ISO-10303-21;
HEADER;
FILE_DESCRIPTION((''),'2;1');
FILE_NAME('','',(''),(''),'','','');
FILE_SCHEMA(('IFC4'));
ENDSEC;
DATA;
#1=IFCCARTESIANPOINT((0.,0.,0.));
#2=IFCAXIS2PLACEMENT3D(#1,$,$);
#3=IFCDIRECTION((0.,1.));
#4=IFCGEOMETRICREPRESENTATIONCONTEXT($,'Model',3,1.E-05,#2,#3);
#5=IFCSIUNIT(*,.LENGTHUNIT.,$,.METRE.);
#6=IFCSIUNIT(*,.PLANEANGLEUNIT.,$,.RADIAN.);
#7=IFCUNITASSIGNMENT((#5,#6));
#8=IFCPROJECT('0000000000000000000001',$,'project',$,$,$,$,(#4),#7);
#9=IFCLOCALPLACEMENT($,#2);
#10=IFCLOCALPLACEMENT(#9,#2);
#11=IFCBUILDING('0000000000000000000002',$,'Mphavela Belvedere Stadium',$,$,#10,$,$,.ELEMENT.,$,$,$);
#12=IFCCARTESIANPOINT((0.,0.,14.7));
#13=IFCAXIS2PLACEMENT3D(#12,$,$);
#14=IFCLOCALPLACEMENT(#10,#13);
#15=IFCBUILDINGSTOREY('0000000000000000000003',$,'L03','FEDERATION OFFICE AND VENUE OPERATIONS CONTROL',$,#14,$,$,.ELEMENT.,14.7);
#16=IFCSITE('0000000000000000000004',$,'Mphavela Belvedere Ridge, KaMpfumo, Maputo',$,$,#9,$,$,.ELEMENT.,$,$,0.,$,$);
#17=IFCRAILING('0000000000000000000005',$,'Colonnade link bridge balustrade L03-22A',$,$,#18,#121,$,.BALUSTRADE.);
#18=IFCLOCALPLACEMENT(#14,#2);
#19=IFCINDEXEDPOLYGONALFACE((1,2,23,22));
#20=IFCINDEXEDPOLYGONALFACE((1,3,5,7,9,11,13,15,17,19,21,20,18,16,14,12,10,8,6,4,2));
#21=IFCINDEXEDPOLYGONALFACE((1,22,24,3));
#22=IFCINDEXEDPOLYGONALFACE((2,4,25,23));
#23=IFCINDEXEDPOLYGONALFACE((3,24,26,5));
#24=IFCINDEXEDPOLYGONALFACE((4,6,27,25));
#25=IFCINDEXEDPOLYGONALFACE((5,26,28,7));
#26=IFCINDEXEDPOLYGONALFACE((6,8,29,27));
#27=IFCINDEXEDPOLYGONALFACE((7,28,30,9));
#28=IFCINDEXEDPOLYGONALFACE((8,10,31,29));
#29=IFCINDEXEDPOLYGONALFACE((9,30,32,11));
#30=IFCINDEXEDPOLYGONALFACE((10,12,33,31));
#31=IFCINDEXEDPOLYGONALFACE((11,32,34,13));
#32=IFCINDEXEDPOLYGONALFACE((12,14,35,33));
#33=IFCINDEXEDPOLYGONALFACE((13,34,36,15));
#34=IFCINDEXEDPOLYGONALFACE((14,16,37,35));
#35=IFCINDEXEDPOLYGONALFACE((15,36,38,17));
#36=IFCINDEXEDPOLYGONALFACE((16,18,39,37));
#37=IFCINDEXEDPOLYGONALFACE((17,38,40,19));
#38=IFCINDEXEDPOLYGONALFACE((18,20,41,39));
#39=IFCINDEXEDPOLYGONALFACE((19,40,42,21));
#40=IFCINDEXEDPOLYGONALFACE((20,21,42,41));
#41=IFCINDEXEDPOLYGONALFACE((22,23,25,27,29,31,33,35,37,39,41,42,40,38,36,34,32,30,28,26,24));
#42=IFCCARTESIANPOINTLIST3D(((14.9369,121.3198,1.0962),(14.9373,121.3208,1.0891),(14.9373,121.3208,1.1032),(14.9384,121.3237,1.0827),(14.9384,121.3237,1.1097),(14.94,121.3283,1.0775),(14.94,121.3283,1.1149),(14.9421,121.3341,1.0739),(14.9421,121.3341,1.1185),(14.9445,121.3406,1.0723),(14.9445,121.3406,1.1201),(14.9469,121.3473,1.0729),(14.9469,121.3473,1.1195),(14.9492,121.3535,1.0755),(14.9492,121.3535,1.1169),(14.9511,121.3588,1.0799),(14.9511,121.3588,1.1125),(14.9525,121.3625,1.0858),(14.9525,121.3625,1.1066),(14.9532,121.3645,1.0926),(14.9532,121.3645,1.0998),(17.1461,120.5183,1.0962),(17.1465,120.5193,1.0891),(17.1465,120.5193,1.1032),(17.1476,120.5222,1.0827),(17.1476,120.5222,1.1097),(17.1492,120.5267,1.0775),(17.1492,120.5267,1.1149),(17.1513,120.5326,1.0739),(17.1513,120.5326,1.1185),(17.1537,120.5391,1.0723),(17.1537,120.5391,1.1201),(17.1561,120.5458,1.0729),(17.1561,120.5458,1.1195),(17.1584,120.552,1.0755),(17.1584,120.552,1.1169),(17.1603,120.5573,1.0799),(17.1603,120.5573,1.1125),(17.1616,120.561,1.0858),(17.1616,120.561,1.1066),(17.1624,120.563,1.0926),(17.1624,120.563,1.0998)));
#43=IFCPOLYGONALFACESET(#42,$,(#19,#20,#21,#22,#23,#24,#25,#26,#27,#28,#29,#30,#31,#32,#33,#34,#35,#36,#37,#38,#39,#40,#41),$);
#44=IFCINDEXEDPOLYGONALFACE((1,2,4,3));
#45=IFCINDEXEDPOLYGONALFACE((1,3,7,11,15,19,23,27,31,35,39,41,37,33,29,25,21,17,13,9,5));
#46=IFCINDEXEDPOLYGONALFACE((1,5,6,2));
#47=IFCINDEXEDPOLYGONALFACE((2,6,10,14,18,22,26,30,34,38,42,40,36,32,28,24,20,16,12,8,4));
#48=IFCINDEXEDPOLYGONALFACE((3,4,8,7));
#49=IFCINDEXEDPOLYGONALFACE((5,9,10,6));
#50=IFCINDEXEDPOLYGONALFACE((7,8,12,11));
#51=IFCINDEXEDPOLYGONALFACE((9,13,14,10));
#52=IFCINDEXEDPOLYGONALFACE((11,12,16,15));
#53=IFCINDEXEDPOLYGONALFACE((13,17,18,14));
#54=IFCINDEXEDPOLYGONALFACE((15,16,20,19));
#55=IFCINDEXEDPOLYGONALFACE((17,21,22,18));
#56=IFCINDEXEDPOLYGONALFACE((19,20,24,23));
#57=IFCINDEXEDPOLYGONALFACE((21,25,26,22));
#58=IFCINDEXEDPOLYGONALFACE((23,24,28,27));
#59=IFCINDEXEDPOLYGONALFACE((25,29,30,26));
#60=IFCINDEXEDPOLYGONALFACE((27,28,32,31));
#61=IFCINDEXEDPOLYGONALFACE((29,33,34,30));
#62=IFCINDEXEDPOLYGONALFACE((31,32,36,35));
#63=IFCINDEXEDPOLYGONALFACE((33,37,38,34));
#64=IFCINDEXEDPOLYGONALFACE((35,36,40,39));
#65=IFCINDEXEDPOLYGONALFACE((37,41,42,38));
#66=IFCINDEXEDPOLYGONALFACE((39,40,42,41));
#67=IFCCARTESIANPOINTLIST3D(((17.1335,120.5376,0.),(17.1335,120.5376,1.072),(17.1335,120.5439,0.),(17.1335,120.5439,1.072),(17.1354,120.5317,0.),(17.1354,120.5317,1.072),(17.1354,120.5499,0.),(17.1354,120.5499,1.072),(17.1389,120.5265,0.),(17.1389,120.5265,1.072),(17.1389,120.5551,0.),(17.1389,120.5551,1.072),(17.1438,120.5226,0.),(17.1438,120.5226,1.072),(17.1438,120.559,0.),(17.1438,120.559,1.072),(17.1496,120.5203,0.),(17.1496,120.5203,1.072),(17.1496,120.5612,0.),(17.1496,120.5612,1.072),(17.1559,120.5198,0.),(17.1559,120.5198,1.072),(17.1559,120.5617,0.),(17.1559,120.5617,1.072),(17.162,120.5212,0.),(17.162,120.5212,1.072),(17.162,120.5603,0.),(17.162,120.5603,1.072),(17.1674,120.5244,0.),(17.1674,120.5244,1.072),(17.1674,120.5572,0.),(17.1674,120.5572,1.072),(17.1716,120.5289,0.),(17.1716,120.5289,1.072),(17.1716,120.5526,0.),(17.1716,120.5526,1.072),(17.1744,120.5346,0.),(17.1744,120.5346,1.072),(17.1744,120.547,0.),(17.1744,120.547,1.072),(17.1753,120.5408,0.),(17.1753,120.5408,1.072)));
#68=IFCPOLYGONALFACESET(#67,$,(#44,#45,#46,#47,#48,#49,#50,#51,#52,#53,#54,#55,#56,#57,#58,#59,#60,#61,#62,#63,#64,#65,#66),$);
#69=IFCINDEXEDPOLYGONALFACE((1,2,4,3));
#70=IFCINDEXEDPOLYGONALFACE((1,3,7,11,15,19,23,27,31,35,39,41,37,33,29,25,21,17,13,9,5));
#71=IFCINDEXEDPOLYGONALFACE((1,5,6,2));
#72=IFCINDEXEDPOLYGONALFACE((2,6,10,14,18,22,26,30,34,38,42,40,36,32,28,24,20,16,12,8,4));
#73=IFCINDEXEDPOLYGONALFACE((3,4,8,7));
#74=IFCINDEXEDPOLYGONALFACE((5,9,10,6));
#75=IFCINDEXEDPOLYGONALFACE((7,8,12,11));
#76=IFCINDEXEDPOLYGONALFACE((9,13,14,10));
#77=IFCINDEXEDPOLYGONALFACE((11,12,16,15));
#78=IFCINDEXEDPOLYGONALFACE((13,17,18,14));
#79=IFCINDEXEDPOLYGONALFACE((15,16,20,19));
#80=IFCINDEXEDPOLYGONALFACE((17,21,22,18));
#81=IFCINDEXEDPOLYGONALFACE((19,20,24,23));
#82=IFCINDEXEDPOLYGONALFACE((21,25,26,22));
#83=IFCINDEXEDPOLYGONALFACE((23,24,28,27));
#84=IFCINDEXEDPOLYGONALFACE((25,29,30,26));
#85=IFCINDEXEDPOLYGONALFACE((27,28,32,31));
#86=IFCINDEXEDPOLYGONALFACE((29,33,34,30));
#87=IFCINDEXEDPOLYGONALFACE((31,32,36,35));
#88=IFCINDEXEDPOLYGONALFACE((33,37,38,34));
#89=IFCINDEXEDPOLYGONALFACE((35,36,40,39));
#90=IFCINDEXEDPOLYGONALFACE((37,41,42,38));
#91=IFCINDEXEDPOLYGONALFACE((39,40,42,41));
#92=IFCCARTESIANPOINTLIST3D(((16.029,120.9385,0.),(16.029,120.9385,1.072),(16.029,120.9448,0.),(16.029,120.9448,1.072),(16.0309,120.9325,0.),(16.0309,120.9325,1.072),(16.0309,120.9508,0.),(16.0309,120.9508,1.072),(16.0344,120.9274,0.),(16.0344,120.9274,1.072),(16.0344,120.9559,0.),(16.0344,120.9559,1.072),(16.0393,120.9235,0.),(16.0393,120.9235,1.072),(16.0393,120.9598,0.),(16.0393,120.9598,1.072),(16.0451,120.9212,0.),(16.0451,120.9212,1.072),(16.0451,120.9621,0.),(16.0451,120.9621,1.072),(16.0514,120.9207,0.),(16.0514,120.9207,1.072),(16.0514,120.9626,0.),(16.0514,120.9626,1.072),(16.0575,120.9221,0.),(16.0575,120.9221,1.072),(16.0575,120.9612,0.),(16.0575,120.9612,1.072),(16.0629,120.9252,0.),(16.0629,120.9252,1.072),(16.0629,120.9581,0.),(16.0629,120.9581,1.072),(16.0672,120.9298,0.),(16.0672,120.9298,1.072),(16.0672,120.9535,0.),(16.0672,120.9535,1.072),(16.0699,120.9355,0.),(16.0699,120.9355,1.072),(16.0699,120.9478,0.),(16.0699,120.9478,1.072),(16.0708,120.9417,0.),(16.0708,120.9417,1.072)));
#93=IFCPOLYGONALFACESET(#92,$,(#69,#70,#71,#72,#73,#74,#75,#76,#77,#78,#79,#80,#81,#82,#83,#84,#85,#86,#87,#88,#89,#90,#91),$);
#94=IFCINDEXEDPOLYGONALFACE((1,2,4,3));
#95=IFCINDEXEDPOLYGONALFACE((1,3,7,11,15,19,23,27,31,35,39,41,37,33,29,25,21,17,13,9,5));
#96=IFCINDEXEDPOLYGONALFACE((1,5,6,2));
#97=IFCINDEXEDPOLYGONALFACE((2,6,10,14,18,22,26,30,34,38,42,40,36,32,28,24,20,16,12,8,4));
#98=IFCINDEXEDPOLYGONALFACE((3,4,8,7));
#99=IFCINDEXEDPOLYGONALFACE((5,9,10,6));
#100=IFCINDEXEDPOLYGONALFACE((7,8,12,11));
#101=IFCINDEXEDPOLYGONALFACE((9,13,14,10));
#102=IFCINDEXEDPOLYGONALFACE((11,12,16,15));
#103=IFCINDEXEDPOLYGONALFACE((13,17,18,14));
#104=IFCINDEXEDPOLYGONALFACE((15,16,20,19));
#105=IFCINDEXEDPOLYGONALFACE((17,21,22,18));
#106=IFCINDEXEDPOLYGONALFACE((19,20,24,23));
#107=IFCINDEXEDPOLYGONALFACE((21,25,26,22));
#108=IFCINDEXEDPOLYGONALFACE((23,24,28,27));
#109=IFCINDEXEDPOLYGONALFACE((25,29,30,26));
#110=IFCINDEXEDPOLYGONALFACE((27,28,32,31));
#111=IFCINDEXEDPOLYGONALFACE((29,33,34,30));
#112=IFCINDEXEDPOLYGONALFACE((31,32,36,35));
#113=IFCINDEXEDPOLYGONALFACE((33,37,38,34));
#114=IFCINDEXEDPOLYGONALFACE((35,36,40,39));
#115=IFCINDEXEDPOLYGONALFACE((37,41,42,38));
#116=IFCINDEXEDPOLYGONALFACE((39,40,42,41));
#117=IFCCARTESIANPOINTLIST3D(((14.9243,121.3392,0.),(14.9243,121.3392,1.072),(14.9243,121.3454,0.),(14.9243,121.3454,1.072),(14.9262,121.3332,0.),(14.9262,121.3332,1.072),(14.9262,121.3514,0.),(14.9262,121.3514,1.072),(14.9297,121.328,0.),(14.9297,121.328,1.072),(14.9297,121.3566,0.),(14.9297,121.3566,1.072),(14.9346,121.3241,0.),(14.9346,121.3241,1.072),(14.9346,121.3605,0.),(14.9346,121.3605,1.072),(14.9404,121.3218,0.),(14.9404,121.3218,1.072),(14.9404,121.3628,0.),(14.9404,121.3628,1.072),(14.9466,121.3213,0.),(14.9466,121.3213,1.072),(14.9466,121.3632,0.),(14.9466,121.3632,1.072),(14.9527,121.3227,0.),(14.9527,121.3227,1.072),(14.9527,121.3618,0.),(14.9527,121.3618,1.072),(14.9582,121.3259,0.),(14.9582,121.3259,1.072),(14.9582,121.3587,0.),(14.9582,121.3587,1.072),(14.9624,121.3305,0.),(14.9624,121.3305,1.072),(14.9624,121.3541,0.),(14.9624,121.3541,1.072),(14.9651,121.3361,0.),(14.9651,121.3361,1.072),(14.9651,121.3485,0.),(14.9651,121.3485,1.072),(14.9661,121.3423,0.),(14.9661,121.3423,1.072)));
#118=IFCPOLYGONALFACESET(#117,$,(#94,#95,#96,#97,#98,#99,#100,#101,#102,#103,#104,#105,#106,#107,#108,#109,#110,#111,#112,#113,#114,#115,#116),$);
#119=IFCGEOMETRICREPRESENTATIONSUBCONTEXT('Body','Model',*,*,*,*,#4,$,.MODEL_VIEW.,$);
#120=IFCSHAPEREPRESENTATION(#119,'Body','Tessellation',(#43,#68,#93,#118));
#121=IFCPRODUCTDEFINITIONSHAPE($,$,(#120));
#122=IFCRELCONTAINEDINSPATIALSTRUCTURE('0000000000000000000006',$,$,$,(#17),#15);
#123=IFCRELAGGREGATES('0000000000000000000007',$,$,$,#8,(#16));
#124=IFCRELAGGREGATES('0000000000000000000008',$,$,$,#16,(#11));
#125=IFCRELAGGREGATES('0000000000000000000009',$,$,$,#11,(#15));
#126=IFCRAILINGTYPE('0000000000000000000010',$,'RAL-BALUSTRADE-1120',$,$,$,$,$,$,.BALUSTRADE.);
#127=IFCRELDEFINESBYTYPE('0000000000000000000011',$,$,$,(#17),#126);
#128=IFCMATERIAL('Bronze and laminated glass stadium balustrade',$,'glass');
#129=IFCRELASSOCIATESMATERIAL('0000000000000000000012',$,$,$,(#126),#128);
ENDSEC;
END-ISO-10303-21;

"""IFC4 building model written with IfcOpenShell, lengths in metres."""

from ifc_helpers import new_model, si_unit, direction, frame, origin, origin_2d, place, context, subcontext, project, spatial, circle, extrude, material, type_object, element, save


model = new_model("IFC4")

# Units and contexts
model_context = context("Model", 3, precision=1e-05, world=origin(), true_north=direction((0.0, 1.0)))
body_context = subcontext(model_context, "Body", "Model", "MODEL_VIEW")
ifc_project = project(units=[si_unit("LENGTHUNIT", "METRE"), si_unit("PLANEANGLEUNIT", "RADIAN")], contexts=[model_context])

# Site, building, storey
site_placement = place(None, origin())
site = spatial("IfcSite", under=ifc_project, at=site_placement, Name="Mphavela Belvedere Ridge, KaMpfumo, Maputo", CompositionType="ELEMENT", RefElevation=0.0)
building_placement = place(site_placement, origin())
building = spatial("IfcBuilding", under=site, at=building_placement, Name="Mphavela Belvedere Stadium", CompositionType="ELEMENT")
storey_placement = place(building_placement, frame((0.0, 0.0, 14.7)))
storey = spatial("IfcBuildingStorey", under=building, at=storey_placement, Name="L03", Description="FEDERATION OFFICE AND VENUE OPERATIONS CONTROL", CompositionType="ELEMENT", Elevation=14.7)

# Railing
ifc_material_1 = material(Name="Bronze and laminated glass stadium balustrade", Category="glass")
railing_type = type_object("IfcRailingType", Name="RAL-BALUSTRADE-1120", PredefinedType="BALUSTRADE", material=ifc_material_1)
railing_1_placement = place(storey_placement, frame((17.1543, 120.5408, 0.0)))
element("IfcRailing", 1, at=railing_1_placement, inside=storey, type_object=railing_type, Name="Colonnade link bridge balustrade L03-22A", PredefinedType="BALUSTRADE", context=body_context, shape_type="SweptSolid", body=[
    extrude(circle(Radius=0.0239, at=origin_2d()), frame((0.0, 0.0, 1.0962), z_axis=(-0.940045, 0.341051, 0.0), x_axis=(-0.341051, -0.940045, 0.0)), (0.0, 0.0, 1.0), 2.3501),
    extrude(circle(Radius=0.021, at=origin_2d()), origin(), (0.0, 0.0, 1.0), 1.072),
    extrude(circle(Radius=0.021, at=origin_2d()), frame((-1.1045, 0.4009, 0.0)), (0.0, 0.0, 1.0), 1.072),
    extrude(circle(Radius=0.021, at=origin_2d()), frame((-2.2092, 0.8015, 0.0)), (0.0, 0.0, 1.0), 1.072),
])

save(model, "model.ifc")
